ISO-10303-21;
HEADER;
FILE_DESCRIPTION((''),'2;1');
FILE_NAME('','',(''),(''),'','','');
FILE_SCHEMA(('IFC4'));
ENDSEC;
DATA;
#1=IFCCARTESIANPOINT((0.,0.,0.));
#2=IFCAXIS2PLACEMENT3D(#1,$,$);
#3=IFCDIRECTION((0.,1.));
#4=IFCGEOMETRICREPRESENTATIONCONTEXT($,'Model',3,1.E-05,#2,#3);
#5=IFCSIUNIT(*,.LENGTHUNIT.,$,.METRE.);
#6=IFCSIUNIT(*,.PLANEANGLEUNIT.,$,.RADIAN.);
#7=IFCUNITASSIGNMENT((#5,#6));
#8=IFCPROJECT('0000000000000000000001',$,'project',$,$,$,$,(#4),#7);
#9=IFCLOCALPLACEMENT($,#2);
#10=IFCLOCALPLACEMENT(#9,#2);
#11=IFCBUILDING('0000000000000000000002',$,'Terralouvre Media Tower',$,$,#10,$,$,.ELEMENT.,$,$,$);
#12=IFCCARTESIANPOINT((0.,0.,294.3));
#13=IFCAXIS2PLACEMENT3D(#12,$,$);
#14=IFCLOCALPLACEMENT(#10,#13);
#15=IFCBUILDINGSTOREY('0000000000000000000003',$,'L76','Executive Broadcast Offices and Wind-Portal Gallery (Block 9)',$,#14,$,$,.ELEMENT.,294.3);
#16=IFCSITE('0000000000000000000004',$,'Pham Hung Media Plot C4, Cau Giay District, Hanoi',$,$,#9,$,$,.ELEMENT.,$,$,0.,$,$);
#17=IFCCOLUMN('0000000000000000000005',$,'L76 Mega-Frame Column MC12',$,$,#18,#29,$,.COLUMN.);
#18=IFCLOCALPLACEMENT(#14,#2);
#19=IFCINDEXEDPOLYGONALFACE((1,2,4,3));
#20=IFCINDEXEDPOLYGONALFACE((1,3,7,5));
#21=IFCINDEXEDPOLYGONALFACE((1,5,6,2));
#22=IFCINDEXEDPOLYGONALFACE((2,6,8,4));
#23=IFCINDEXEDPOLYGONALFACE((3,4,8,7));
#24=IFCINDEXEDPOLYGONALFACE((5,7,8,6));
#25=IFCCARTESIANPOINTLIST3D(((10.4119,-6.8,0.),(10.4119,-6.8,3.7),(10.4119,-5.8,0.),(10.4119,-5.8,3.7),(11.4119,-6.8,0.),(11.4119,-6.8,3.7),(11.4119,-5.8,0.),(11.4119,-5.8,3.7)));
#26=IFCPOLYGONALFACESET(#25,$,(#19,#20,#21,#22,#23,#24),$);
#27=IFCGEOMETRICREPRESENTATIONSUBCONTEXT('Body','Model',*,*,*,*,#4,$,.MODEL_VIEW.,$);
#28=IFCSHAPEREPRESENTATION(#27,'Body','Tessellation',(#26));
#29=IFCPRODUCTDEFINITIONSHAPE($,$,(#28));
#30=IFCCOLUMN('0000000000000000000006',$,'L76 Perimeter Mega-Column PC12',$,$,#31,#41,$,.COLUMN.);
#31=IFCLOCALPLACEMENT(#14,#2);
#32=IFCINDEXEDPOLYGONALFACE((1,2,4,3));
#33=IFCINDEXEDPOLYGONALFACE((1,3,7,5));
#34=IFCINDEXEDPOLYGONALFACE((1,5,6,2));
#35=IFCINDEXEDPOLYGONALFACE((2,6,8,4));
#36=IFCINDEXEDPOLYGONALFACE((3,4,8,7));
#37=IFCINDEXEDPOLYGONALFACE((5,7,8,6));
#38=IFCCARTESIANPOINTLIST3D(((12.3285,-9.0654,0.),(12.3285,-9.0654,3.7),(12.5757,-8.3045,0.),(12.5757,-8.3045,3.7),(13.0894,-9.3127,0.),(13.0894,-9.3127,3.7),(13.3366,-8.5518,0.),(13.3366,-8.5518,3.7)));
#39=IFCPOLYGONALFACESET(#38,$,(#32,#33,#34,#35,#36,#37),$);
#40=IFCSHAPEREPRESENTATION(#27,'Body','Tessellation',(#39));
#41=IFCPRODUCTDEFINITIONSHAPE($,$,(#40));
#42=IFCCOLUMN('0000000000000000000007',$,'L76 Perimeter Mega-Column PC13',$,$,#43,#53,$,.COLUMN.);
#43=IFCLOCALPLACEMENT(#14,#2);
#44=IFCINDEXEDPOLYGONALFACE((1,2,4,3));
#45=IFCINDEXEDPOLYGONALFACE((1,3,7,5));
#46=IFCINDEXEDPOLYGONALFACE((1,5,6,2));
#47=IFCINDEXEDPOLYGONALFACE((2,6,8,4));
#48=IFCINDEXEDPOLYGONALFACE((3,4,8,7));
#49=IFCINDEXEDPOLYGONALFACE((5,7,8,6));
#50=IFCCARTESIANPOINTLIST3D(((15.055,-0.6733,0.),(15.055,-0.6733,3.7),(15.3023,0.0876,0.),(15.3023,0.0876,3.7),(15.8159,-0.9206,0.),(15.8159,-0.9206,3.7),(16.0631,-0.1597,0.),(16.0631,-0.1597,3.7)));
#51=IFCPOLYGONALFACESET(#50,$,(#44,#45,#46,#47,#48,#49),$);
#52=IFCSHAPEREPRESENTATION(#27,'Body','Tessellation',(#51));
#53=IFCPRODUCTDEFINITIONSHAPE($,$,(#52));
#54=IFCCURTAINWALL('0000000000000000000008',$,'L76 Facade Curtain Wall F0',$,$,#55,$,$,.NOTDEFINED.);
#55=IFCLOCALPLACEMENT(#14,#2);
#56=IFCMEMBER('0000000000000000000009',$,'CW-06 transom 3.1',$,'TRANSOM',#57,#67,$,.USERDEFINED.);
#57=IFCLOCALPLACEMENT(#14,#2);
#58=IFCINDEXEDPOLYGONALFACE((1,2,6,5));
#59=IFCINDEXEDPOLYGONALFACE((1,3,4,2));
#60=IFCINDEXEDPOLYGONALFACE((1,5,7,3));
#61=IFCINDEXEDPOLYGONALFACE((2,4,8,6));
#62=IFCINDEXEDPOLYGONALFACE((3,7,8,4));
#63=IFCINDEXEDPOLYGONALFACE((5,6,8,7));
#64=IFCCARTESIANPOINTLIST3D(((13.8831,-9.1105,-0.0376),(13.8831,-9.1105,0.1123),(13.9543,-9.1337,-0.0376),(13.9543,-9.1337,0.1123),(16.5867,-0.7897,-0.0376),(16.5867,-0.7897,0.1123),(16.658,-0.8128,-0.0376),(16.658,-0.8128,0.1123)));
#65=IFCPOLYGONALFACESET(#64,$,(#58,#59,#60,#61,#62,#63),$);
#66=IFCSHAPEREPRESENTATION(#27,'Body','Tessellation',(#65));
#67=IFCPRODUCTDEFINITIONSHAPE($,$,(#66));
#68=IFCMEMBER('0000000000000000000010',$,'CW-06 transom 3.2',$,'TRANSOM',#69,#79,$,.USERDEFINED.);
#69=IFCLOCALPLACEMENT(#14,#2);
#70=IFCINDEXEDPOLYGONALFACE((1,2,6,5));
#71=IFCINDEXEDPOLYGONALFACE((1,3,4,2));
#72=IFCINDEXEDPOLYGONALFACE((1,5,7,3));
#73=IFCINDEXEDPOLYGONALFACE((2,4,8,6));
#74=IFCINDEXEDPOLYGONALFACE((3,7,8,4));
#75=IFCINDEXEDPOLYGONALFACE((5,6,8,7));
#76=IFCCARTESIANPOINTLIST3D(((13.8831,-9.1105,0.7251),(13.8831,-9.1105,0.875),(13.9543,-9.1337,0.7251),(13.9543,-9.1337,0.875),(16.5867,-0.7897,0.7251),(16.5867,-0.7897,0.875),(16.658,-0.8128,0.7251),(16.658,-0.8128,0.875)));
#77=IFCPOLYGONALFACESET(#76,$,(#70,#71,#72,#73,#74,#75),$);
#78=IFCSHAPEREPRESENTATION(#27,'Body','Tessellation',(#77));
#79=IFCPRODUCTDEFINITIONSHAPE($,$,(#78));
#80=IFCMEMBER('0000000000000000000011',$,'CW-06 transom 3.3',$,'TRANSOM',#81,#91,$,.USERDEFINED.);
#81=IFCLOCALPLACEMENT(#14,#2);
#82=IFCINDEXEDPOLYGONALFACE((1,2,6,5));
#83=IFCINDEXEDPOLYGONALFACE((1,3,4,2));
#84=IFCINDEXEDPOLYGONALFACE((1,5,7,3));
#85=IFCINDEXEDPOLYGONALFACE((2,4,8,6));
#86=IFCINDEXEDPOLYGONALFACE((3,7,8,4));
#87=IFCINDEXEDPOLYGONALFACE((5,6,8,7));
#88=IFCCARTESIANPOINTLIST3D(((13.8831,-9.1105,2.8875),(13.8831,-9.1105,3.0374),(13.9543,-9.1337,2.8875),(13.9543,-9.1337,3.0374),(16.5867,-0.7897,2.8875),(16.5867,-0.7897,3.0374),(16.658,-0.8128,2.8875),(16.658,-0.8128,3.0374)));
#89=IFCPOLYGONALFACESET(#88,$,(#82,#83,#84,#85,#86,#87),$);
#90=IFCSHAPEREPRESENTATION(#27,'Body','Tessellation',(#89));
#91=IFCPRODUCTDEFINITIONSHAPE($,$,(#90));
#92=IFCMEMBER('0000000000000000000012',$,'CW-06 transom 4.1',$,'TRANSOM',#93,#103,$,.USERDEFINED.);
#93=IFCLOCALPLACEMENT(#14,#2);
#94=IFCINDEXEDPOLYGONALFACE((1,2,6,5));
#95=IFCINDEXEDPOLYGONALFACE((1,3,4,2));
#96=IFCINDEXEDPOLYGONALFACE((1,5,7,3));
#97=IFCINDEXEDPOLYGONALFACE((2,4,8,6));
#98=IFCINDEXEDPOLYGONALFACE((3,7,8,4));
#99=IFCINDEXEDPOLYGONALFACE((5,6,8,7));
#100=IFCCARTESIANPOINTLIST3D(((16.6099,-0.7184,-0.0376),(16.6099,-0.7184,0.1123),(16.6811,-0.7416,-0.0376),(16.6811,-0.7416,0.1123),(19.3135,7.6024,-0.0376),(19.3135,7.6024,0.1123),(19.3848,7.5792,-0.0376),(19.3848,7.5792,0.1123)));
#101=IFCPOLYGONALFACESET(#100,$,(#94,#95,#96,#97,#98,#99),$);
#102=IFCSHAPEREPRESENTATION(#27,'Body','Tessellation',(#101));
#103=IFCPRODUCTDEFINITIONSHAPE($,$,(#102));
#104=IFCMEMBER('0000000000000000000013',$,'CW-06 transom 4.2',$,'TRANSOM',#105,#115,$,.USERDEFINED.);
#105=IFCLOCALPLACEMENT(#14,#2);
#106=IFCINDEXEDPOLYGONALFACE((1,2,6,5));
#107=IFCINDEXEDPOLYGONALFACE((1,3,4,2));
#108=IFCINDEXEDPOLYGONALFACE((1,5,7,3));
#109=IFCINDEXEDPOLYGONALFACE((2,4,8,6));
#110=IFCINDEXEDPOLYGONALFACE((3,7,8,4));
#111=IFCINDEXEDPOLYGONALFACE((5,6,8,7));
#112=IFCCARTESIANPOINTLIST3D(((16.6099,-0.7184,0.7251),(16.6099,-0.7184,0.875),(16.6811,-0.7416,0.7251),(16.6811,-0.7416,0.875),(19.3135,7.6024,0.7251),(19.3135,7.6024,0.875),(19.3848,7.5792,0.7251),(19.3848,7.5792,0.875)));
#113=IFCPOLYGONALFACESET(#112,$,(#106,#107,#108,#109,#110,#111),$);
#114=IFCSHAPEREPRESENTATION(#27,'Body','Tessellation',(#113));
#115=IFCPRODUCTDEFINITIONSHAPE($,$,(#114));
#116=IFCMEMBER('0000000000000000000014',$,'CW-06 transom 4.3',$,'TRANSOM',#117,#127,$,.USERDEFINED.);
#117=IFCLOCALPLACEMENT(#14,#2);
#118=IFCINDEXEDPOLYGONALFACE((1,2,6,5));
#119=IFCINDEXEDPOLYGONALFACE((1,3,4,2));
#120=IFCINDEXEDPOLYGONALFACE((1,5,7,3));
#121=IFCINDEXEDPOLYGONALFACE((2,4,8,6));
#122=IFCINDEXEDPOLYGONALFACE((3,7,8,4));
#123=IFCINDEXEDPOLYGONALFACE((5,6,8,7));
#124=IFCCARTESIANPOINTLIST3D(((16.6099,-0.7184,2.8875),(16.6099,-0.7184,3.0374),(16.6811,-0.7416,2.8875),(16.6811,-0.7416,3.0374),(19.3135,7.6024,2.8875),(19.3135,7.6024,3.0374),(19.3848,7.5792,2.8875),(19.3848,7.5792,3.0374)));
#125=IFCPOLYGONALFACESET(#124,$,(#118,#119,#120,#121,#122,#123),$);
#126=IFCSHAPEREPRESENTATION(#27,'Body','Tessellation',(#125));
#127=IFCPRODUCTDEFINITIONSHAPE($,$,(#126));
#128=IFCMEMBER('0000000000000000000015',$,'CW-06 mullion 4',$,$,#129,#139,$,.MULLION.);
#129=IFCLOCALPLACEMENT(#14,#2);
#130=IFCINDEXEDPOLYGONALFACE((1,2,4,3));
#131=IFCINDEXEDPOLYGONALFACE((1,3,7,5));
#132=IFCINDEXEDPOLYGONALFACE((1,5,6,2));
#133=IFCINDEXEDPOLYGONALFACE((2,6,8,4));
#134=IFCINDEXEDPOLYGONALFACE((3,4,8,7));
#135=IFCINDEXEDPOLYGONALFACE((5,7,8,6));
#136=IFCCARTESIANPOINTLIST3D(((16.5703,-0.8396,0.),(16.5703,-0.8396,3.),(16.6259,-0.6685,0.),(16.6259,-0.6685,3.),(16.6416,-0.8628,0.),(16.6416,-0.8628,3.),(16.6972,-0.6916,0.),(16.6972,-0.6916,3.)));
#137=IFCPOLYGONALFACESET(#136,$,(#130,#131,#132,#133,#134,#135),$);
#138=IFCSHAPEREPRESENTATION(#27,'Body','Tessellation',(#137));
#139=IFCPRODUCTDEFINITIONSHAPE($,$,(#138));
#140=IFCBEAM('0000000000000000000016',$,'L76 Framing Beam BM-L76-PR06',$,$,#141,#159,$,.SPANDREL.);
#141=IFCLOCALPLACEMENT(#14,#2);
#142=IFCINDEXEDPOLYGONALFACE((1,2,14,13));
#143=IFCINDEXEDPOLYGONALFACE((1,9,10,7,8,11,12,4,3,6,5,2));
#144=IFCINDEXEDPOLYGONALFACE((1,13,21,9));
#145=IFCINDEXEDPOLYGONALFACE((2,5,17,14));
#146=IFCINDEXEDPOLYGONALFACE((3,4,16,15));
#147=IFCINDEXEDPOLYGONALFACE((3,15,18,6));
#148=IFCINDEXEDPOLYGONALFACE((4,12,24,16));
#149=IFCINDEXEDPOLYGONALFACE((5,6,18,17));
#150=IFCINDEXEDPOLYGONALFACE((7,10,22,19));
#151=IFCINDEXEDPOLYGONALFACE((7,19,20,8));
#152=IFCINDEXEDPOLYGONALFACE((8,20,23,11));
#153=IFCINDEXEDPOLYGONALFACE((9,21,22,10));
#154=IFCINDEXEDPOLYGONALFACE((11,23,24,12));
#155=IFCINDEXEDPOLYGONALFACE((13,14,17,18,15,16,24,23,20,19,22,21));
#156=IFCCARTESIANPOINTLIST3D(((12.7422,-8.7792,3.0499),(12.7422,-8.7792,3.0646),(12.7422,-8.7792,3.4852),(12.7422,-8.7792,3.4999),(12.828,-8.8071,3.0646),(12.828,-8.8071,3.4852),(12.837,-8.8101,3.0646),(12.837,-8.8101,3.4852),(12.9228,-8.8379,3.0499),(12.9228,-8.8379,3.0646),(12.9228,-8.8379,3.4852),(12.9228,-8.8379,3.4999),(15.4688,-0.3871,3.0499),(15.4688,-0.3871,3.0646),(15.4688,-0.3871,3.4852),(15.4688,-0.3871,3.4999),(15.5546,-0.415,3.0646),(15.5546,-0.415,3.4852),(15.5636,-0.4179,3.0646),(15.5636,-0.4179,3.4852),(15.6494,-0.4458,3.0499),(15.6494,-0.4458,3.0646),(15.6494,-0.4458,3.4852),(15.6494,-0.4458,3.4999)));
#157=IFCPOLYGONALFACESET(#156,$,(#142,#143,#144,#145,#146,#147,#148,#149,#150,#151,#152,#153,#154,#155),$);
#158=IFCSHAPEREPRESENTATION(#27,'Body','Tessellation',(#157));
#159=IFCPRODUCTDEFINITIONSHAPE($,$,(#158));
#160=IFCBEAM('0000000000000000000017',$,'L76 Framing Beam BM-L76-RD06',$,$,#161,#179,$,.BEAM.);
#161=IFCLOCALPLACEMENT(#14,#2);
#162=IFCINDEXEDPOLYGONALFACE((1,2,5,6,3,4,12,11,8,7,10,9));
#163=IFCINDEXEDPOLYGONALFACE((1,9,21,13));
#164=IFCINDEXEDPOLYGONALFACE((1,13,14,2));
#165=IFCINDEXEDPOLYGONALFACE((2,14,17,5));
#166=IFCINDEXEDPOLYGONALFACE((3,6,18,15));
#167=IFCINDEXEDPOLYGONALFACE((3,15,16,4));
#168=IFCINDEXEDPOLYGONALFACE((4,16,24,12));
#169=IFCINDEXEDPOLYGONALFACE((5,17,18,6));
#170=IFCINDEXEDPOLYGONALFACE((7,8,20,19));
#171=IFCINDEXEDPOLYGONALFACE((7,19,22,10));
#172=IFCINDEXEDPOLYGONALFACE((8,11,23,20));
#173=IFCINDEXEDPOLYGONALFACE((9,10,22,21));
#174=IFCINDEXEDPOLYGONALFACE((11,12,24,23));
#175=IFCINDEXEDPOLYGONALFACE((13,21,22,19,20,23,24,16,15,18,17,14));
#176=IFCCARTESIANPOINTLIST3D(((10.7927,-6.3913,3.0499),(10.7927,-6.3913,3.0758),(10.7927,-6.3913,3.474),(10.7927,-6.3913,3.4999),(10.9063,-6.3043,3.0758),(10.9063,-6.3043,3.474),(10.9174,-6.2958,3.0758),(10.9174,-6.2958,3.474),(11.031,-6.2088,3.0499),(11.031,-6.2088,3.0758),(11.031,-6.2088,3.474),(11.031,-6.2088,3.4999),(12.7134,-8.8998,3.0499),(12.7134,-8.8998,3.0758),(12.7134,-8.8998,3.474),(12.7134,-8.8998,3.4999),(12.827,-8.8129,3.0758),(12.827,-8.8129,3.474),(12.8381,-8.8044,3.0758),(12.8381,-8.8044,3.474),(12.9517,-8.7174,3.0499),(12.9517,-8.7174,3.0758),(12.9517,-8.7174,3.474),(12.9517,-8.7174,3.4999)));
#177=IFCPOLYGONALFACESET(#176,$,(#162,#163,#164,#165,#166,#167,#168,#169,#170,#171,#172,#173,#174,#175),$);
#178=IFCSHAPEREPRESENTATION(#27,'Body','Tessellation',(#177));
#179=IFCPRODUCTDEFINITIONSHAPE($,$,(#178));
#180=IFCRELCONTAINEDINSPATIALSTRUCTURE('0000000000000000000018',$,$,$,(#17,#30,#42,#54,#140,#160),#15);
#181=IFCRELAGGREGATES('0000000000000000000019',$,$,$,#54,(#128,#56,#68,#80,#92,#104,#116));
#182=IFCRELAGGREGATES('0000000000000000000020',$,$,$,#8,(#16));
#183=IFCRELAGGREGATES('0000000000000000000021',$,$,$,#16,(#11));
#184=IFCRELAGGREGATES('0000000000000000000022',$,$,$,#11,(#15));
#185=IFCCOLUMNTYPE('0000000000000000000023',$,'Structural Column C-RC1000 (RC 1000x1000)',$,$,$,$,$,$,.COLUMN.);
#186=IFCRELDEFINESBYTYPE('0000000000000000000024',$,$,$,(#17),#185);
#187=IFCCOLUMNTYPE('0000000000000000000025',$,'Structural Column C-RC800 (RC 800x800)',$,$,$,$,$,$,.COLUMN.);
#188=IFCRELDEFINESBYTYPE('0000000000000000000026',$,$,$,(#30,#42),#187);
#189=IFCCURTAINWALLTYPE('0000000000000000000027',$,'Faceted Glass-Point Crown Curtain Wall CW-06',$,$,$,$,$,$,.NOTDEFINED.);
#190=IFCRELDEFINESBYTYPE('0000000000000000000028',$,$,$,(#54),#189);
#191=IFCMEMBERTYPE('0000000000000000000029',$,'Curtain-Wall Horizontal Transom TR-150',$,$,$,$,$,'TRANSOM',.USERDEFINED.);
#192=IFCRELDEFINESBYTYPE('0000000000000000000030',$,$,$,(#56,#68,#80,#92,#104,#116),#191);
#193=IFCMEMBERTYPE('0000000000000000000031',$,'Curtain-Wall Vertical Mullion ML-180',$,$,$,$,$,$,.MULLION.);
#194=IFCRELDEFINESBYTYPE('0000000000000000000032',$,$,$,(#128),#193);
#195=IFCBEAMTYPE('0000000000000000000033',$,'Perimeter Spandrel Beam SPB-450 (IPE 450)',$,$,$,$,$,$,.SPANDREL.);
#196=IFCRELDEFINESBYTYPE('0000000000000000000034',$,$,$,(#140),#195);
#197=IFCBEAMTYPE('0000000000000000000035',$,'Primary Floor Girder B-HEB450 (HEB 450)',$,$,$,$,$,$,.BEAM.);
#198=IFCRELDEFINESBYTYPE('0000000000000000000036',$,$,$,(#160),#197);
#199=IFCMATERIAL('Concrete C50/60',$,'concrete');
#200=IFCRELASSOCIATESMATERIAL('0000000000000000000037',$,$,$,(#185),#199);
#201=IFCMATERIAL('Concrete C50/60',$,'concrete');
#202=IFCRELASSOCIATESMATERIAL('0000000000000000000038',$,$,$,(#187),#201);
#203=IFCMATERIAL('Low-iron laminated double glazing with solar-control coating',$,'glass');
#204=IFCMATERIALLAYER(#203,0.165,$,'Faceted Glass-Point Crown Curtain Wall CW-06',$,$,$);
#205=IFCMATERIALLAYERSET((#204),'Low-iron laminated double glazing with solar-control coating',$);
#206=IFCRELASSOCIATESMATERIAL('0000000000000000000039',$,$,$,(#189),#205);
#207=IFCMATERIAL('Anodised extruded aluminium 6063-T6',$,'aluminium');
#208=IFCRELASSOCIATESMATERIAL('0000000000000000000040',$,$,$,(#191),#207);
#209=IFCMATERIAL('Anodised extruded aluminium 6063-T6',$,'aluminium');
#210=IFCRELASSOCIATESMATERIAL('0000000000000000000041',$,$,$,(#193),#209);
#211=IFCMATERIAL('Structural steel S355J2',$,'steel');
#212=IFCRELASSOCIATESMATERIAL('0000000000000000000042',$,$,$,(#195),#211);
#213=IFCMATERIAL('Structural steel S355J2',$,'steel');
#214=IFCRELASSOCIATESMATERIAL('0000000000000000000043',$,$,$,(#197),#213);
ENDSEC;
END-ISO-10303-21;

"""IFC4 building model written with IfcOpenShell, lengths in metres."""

from ifc_helpers import new_model, si_unit, direction, frame, origin, origin_2d, place, context, subcontext, project, spatial, rectangle, i_section, extrude, material, layer, layer_set, material_profile, profile_set, type_object, element, aggregate, save


model = new_model("IFC4")

# Units and contexts
model_context = context("Model", 3, precision=1e-05, world=origin(), true_north=direction((0.0, 1.0)))
body_context = subcontext(model_context, "Body", "Model", "MODEL_VIEW")
ifc_project = project(units=[si_unit("LENGTHUNIT", "METRE"), si_unit("PLANEANGLEUNIT", "RADIAN")], contexts=[model_context])

# Site, building, storey
site_placement = place(None, origin())
site = spatial("IfcSite", under=ifc_project, at=site_placement, Name="Pham Hung Media Plot C4, Cau Giay District, Hanoi", CompositionType="ELEMENT", RefElevation=0.0)
building_placement = place(site_placement, origin())
building = spatial("IfcBuilding", under=site, at=building_placement, Name="Terralouvre Media Tower", CompositionType="ELEMENT")
storey_placement = place(building_placement, frame((0.0, 0.0, 294.3)))
storey = spatial("IfcBuildingStorey", under=building, at=storey_placement, Name="L76", Description="Executive Broadcast Offices and Wind-Portal Gallery (Block 9)", CompositionType="ELEMENT", Elevation=294.3)

# Columns
ifc_material_1 = material(Name="Concrete C50/60", Category="concrete")
ifc_material_profile_1 = material_profile(ifc_material_1, rectangle(XDim=1.0, YDim=1.0, at=origin_2d()), Name="RC 1000x1000")
ifc_profile_set_1 = profile_set([ifc_material_profile_1], Name="Concrete C50/60")
column_type_1 = type_object("IfcColumnType", Name="Structural Column C-RC1000 (RC 1000x1000)", PredefinedType="COLUMN", material=ifc_profile_set_1)
column_placement = place(storey_placement, frame((10.9119, -6.3, 0.0), z_axis=(0.0, 0.0, 1.0), x_axis=(1.0, 0.0, 0.0)))
element("IfcColumn", 1, at=column_placement, inside=storey, type_object=column_type_1, Name="L76 Mega-Frame Column MC12", PredefinedType="COLUMN", context=body_context, shape_type="SweptSolid", body=[
    extrude(rectangle(XDim=1.0, YDim=1.0, at=origin_2d()), origin(), (0.0, 0.0, 1.0), 3.7),
])
ifc_material_2 = material(Name="Concrete C50/60", Category="concrete")
ifc_material_profile_2 = material_profile(ifc_material_2, rectangle(XDim=0.8, YDim=0.8, at=origin_2d()), Name="RC 800x800")
ifc_profile_set_2 = profile_set([ifc_material_profile_2], Name="Concrete C50/60")
column_type_2 = type_object("IfcColumnType", Name="Structural Column C-RC800 (RC 800x800)", PredefinedType="COLUMN", material=ifc_profile_set_2)
for number, where, z_axis, x_axis, name in (
    (2, (12.8325, -8.8086, 0.0), (0.0, 0.0, 1.0), (0.309017, 0.951057, 0.0), "L76 Perimeter Mega-Column PC12"),
    (3, (15.5591, -0.4165, 0.0), (0.0, 0.0, 1.0), (0.309017, 0.951057, 0.0), "L76 Perimeter Mega-Column PC13"),
):
    element("IfcColumn", number, at=place(storey_placement, frame(where, z_axis=z_axis, x_axis=x_axis)), inside=storey, type_object=column_type_2, Name=name, PredefinedType="COLUMN", context=body_context, shape_type="SweptSolid", body=[
        extrude(rectangle(XDim=0.8, YDim=0.8, at=origin_2d()), origin(), (0.0, 0.0, 1.0), 3.7),
    ])

# Curtain wall, members
ifc_material_3 = material(Name="Low-iron laminated double glazing with solar-control coating", Category="glass")
ifc_layer_1 = layer(ifc_material_3, 0.165, Name="Faceted Glass-Point Crown Curtain Wall CW-06")
ifc_layer_set_1 = layer_set([ifc_layer_1], Name="Low-iron laminated double glazing with solar-control coating")
curtain_wall_type = type_object("IfcCurtainWallType", Name="Faceted Glass-Point Crown Curtain Wall CW-06", PredefinedType="NOTDEFINED", material=ifc_layer_set_1)
curtain_wall_placement = place(storey_placement, origin())
curtain_wall = element("IfcCurtainWall", 4, at=curtain_wall_placement, inside=storey, type_object=curtain_wall_type, Name="L76 Facade Curtain Wall F0", PredefinedType="NOTDEFINED")
ifc_material_4 = material(Name="Anodised extruded aluminium 6063-T6", Category="aluminium")
ifc_material_profile_3 = material_profile(ifc_material_4, rectangle(XDim=0.075, YDim=0.1499, at=origin_2d()), Name="ALU 75x150")
ifc_profile_set_3 = profile_set([ifc_material_profile_3], Name="Anodised extruded aluminium 6063-T6")
member_type_1 = type_object("IfcMemberType", Name="Curtain-Wall Horizontal Transom TR-150", ElementType="TRANSOM", PredefinedType="USERDEFINED", material=ifc_profile_set_3)
member_1_placement = place(storey_placement, frame((13.9187, -9.1221, 0.0374), z_axis=(0.309019, 0.951056, 0.0), x_axis=(-0.951056, 0.309019, 0.0)))
member_1 = element("IfcMember", 5, at=member_1_placement, type_object=member_type_1, Name="CW-06 transom 3.1", ObjectType="TRANSOM", PredefinedType="USERDEFINED", context=body_context, shape_type="SweptSolid", body=[
    extrude(rectangle(XDim=0.075, YDim=0.1499, at=origin_2d()), origin(), (0.0, 0.0, 1.0), 8.749),
])
member_2_placement = place(storey_placement, frame((13.9187, -9.1221, 0.8), z_axis=(0.309019, 0.951056, 0.0), x_axis=(-0.951056, 0.309019, 0.0)))
member_2 = element("IfcMember", 6, at=member_2_placement, type_object=member_type_1, Name="CW-06 transom 3.2", ObjectType="TRANSOM", PredefinedType="USERDEFINED", context=body_context, shape_type="SweptSolid", body=[
    extrude(rectangle(XDim=0.075, YDim=0.1499, at=origin_2d()), origin(), (0.0, 0.0, 1.0), 8.749),
])
member_3_placement = place(storey_placement, frame((13.9187, -9.1221, 2.9624), z_axis=(0.309019, 0.951056, 0.0), x_axis=(-0.951056, 0.309019, 0.0)))
member_3 = element("IfcMember", 7, at=member_3_placement, type_object=member_type_1, Name="CW-06 transom 3.3", ObjectType="TRANSOM", PredefinedType="USERDEFINED", context=body_context, shape_type="SweptSolid", body=[
    extrude(rectangle(XDim=0.075, YDim=0.1499, at=origin_2d()), origin(), (0.0, 0.0, 1.0), 8.749),
])
member_4_placement = place(storey_placement, frame((16.6455, -0.73, 0.0374), z_axis=(0.309019, 0.951056, 0.0), x_axis=(-0.951056, 0.309019, 0.0)))
member_4 = element("IfcMember", 8, at=member_4_placement, type_object=member_type_1, Name="CW-06 transom 4.1", ObjectType="TRANSOM", PredefinedType="USERDEFINED", context=body_context, shape_type="SweptSolid", body=[
    extrude(rectangle(XDim=0.075, YDim=0.1499, at=origin_2d()), origin(), (0.0, 0.0, 1.0), 8.749),
])
member_5_placement = place(storey_placement, frame((16.6455, -0.73, 0.8), z_axis=(0.309019, 0.951056, 0.0), x_axis=(-0.951056, 0.309019, 0.0)))
member_5 = element("IfcMember", 9, at=member_5_placement, type_object=member_type_1, Name="CW-06 transom 4.2", ObjectType="TRANSOM", PredefinedType="USERDEFINED", context=body_context, shape_type="SweptSolid", body=[
    extrude(rectangle(XDim=0.075, YDim=0.1499, at=origin_2d()), origin(), (0.0, 0.0, 1.0), 8.749),
])
member_6_placement = place(storey_placement, frame((16.6455, -0.73, 2.9624), z_axis=(0.309019, 0.951056, 0.0), x_axis=(-0.951056, 0.309019, 0.0)))
member_6 = element("IfcMember", 10, at=member_6_placement, type_object=member_type_1, Name="CW-06 transom 4.3", ObjectType="TRANSOM", PredefinedType="USERDEFINED", context=body_context, shape_type="SweptSolid", body=[
    extrude(rectangle(XDim=0.075, YDim=0.1499, at=origin_2d()), origin(), (0.0, 0.0, 1.0), 8.749),
])
ifc_material_5 = material(Name="Anodised extruded aluminium 6063-T6", Category="aluminium")
ifc_material_profile_4 = material_profile(ifc_material_5, rectangle(XDim=0.075, YDim=0.1799, at=origin_2d()), Name="ALU 75x180")
ifc_profile_set_4 = profile_set([ifc_material_profile_4], Name="Anodised extruded aluminium 6063-T6")
member_type_2 = type_object("IfcMemberType", Name="Curtain-Wall Vertical Mullion ML-180", PredefinedType="MULLION", material=ifc_profile_set_4)
member_7_placement = place(storey_placement, frame((16.6338, -0.7656, 0.0), z_axis=(0.0, 0.0, 1.0), x_axis=(-0.951057, 0.309017, 0.0)))
member_7 = element("IfcMember", 11, at=member_7_placement, type_object=member_type_2, Name="CW-06 mullion 4", PredefinedType="MULLION", context=body_context, shape_type="SweptSolid", body=[
    extrude(rectangle(XDim=0.075, YDim=0.1799, at=origin_2d()), origin(), (0.0, 0.0, 1.0), 3.0),
])

# Beams
ifc_material_6 = material(Name="Structural steel S355J2", Category="steel")
ifc_material_profile_5 = material_profile(ifc_material_6, i_section(OverallWidth=0.1899, OverallDepth=0.45, WebThickness=0.0095, FlangeThickness=0.0146, at=origin_2d()), Name="IPE 450")
ifc_profile_set_5 = profile_set([ifc_material_profile_5], Name="Structural steel S355J2")
beam_type_1 = type_object("IfcBeamType", Name="Perimeter Spandrel Beam SPB-450 (IPE 450)", PredefinedType="SPANDREL", material=ifc_profile_set_5)
beam_1_placement = place(storey_placement, frame((12.8325, -8.8086, 3.2749), z_axis=(0.308997, 0.951063, 0.0), x_axis=(-0.951063, 0.308997, 0.0)))
element("IfcBeam", 12, at=beam_1_placement, inside=storey, type_object=beam_type_1, Name="L76 Framing Beam BM-L76-PR06", PredefinedType="SPANDREL", context=body_context, shape_type="SweptSolid", body=[
    extrude(i_section(OverallWidth=0.1899, OverallDepth=0.45, WebThickness=0.0095, FlangeThickness=0.0146, at=origin_2d()), origin(), (0.0, 0.0, 1.0), 8.824),
])
ifc_material_7 = material(Name="Structural steel S355J2", Category="steel")
ifc_material_profile_6 = material_profile(ifc_material_7, i_section(OverallWidth=0.3, OverallDepth=0.45, WebThickness=0.0139, FlangeThickness=0.0259, at=origin_2d()), Name="HEB 450")
ifc_profile_set_6 = profile_set([ifc_material_profile_6], Name="Structural steel S355J2")
beam_type_2 = type_object("IfcBeamType", Name="Primary Floor Girder B-HEB450 (HEB 450)", PredefinedType="BEAM", material=ifc_profile_set_6)
beam_2_placement = place(storey_placement, frame((10.9119, -6.3, 3.2749), z_axis=(0.60792, -0.793998, 0.0), x_axis=(0.793998, 0.60792, 0.0)))
element("IfcBeam", 13, at=beam_2_placement, inside=storey, type_object=beam_type_2, Name="L76 Framing Beam BM-L76-RD06", PredefinedType="BEAM", context=body_context, shape_type="SweptSolid", body=[
    extrude(i_section(OverallWidth=0.3, OverallDepth=0.45, WebThickness=0.0139, FlangeThickness=0.0259, at=origin_2d()), origin(), (0.0, 0.0, 1.0), 3.1594),
])

aggregate(curtain_wall, [member_7, member_1, member_2, member_3, member_4, member_5, member_6])

save(model, "model.ifc")
